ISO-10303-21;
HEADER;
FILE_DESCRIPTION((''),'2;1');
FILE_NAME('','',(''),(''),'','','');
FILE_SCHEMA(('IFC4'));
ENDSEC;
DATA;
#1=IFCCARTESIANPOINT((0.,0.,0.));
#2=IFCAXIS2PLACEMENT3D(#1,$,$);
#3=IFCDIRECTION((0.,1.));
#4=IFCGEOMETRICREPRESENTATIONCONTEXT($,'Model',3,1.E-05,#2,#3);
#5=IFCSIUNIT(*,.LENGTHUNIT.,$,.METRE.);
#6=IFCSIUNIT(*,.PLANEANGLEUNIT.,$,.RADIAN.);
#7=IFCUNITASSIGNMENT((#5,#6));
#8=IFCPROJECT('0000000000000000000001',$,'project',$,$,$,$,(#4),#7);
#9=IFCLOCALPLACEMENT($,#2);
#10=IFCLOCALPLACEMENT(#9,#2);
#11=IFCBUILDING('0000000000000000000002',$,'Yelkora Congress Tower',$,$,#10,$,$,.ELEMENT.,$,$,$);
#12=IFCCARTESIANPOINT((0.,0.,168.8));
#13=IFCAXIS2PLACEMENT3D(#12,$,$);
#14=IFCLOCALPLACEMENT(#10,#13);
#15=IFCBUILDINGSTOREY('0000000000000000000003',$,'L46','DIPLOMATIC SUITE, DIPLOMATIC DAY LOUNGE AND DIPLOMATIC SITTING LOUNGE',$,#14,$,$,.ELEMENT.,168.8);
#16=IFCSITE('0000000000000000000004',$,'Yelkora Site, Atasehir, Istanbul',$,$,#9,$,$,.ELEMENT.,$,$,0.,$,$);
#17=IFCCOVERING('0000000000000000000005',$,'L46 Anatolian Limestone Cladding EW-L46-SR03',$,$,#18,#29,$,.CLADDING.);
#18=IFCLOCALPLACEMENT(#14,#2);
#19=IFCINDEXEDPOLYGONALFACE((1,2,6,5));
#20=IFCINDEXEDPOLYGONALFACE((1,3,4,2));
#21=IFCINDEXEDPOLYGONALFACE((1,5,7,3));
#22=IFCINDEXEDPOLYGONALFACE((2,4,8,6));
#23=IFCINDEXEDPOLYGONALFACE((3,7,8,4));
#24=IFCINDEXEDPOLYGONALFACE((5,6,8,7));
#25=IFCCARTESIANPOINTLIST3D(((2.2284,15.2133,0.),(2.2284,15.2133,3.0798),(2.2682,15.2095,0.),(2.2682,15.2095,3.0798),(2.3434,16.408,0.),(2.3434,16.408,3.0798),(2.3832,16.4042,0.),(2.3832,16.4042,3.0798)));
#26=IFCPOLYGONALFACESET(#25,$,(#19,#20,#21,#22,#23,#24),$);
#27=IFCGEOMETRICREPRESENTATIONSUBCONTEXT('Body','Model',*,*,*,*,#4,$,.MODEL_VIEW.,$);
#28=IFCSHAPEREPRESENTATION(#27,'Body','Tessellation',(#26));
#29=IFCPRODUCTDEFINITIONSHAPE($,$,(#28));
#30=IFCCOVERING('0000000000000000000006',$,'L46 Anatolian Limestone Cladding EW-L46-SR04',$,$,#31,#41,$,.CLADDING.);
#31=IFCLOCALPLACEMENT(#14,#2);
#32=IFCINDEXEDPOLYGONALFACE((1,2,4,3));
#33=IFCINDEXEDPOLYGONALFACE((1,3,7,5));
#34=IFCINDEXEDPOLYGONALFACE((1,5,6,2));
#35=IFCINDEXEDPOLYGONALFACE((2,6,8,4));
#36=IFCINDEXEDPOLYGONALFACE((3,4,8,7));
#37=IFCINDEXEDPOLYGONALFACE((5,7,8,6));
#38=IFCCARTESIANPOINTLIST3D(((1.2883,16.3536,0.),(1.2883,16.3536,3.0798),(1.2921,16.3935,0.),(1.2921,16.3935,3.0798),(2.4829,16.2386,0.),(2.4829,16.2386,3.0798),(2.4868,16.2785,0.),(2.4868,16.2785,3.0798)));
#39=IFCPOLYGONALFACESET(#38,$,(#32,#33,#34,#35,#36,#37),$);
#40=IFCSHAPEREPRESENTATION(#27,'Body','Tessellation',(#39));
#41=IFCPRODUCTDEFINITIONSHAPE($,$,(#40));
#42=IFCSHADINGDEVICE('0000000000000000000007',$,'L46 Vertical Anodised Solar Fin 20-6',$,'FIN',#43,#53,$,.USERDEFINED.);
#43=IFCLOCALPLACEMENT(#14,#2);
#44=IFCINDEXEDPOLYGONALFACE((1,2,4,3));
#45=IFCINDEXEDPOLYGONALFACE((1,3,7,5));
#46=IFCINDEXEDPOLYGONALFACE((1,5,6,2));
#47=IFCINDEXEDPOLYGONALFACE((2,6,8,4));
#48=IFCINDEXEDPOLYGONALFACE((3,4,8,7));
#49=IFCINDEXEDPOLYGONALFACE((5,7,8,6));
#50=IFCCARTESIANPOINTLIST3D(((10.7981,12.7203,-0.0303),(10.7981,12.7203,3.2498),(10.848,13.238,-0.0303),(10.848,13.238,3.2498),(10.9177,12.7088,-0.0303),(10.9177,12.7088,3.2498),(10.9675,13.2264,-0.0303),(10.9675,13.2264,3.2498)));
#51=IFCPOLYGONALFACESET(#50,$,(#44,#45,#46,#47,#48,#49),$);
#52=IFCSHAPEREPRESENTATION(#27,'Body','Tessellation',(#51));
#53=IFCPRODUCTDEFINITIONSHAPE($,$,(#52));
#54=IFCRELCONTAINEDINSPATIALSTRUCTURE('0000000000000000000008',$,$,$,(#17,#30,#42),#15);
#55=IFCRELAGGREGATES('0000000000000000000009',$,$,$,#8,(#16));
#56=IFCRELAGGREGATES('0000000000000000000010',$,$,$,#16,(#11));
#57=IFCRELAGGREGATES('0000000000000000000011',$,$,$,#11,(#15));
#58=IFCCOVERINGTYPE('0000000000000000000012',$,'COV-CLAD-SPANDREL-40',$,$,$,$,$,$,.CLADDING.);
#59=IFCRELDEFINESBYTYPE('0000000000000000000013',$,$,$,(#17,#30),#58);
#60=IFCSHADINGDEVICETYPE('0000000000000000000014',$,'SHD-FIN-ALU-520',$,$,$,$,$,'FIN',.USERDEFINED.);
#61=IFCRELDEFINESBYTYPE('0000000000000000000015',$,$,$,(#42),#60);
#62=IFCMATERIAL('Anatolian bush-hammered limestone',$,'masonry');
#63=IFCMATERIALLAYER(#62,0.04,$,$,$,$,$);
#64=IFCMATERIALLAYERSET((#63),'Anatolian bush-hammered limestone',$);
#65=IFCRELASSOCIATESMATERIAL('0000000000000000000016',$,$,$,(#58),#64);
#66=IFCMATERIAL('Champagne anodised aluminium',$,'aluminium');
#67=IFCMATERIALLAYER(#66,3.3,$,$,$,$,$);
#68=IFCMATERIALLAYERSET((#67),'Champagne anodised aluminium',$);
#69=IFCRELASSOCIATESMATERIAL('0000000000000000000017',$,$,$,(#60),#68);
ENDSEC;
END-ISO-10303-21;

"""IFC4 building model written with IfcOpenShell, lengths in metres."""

from ifc_helpers import new_model, si_unit, direction, frame, frame_2d, origin, origin_2d, place, context, subcontext, project, spatial, rectangle, extrude, material, layer, layer_set, type_object, element, save


model = new_model("IFC4")

# Units and contexts
model_context = context("Model", 3, precision=1e-05, world=origin(), true_north=direction((0.0, 1.0)))
body_context = subcontext(model_context, "Body", "Model", "MODEL_VIEW")
ifc_project = project(units=[si_unit("LENGTHUNIT", "METRE"), si_unit("PLANEANGLEUNIT", "RADIAN")], contexts=[model_context])

# Site, building, storey
site_placement = place(None, origin())
site = spatial("IfcSite", under=ifc_project, at=site_placement, Name="Yelkora Site, Atasehir, Istanbul", CompositionType="ELEMENT", RefElevation=0.0)
building_placement = place(site_placement, origin())
building = spatial("IfcBuilding", under=site, at=building_placement, Name="Yelkora Congress Tower", CompositionType="ELEMENT")
storey_placement = place(building_placement, frame((0.0, 0.0, 168.8)))
storey = spatial("IfcBuildingStorey", under=building, at=storey_placement, Name="L46", Description="DIPLOMATIC SUITE, DIPLOMATIC DAY LOUNGE AND DIPLOMATIC SITTING LOUNGE", CompositionType="ELEMENT", Elevation=168.8)

# Coverings
ifc_material_1 = material(Name="Anatolian bush-hammered limestone", Category="masonry")
ifc_layer_1 = layer(ifc_material_1, 0.04)
ifc_layer_set_1 = layer_set([ifc_layer_1], Name="Anatolian bush-hammered limestone")
covering_type = type_object("IfcCoveringType", Name="COV-CLAD-SPANDREL-40", PredefinedType="CLADDING", material=ifc_layer_set_1)
for number, where, z_axis, x_axis, name in (
    (1, (2.2483, 15.2114, 0.0), (0.0, 0.0, 1.0), (0.095817, 0.995399, 0.0), "L46 Anatolian Limestone Cladding EW-L46-SR03"),
    (2, (2.4849, 16.2585, 0.0), (0.0, 0.0, 1.0), (-0.995399, 0.095817, 0.0), "L46 Anatolian Limestone Cladding EW-L46-SR04"),
):
    element("IfcCovering", number, at=place(storey_placement, frame(where, z_axis=z_axis, x_axis=x_axis)), inside=storey, type_object=covering_type, Name=name, PredefinedType="CLADDING", context=body_context, shape_type="SweptSolid", body=[
        extrude(rectangle(XDim=1.2002, YDim=0.04, at=frame_2d((0.6001, 0.0))), origin(), (0.0, 0.0, 1.0), 3.0798),
    ])

# Shading device
ifc_material_2 = material(Name="Champagne anodised aluminium", Category="aluminium")
ifc_layer_2 = layer(ifc_material_2, 3.3)
ifc_layer_set_2 = layer_set([ifc_layer_2], Name="Champagne anodised aluminium")
shading_device_type = type_object("IfcShadingDeviceType", Name="SHD-FIN-ALU-520", ElementType="FIN", PredefinedType="USERDEFINED", material=ifc_layer_set_2)
shading_device_placement = place(storey_placement, frame((10.8828, 12.9734, -0.0303), z_axis=(0.0, 0.0, 1.0), x_axis=(-0.995396, 0.095846, 0.0)))
element("IfcShadingDevice", 3, at=shading_device_placement, inside=storey, type_object=shading_device_type, Name="L46 Vertical Anodised Solar Fin 20-6", ObjectType="FIN", PredefinedType="USERDEFINED", context=body_context, shape_type="SweptSolid", body=[
    extrude(rectangle(XDim=0.1201, YDim=0.52, at=origin_2d()), origin(), (0.0, 0.0, 1.0), 3.28),
])

save(model, "model.ifc")
